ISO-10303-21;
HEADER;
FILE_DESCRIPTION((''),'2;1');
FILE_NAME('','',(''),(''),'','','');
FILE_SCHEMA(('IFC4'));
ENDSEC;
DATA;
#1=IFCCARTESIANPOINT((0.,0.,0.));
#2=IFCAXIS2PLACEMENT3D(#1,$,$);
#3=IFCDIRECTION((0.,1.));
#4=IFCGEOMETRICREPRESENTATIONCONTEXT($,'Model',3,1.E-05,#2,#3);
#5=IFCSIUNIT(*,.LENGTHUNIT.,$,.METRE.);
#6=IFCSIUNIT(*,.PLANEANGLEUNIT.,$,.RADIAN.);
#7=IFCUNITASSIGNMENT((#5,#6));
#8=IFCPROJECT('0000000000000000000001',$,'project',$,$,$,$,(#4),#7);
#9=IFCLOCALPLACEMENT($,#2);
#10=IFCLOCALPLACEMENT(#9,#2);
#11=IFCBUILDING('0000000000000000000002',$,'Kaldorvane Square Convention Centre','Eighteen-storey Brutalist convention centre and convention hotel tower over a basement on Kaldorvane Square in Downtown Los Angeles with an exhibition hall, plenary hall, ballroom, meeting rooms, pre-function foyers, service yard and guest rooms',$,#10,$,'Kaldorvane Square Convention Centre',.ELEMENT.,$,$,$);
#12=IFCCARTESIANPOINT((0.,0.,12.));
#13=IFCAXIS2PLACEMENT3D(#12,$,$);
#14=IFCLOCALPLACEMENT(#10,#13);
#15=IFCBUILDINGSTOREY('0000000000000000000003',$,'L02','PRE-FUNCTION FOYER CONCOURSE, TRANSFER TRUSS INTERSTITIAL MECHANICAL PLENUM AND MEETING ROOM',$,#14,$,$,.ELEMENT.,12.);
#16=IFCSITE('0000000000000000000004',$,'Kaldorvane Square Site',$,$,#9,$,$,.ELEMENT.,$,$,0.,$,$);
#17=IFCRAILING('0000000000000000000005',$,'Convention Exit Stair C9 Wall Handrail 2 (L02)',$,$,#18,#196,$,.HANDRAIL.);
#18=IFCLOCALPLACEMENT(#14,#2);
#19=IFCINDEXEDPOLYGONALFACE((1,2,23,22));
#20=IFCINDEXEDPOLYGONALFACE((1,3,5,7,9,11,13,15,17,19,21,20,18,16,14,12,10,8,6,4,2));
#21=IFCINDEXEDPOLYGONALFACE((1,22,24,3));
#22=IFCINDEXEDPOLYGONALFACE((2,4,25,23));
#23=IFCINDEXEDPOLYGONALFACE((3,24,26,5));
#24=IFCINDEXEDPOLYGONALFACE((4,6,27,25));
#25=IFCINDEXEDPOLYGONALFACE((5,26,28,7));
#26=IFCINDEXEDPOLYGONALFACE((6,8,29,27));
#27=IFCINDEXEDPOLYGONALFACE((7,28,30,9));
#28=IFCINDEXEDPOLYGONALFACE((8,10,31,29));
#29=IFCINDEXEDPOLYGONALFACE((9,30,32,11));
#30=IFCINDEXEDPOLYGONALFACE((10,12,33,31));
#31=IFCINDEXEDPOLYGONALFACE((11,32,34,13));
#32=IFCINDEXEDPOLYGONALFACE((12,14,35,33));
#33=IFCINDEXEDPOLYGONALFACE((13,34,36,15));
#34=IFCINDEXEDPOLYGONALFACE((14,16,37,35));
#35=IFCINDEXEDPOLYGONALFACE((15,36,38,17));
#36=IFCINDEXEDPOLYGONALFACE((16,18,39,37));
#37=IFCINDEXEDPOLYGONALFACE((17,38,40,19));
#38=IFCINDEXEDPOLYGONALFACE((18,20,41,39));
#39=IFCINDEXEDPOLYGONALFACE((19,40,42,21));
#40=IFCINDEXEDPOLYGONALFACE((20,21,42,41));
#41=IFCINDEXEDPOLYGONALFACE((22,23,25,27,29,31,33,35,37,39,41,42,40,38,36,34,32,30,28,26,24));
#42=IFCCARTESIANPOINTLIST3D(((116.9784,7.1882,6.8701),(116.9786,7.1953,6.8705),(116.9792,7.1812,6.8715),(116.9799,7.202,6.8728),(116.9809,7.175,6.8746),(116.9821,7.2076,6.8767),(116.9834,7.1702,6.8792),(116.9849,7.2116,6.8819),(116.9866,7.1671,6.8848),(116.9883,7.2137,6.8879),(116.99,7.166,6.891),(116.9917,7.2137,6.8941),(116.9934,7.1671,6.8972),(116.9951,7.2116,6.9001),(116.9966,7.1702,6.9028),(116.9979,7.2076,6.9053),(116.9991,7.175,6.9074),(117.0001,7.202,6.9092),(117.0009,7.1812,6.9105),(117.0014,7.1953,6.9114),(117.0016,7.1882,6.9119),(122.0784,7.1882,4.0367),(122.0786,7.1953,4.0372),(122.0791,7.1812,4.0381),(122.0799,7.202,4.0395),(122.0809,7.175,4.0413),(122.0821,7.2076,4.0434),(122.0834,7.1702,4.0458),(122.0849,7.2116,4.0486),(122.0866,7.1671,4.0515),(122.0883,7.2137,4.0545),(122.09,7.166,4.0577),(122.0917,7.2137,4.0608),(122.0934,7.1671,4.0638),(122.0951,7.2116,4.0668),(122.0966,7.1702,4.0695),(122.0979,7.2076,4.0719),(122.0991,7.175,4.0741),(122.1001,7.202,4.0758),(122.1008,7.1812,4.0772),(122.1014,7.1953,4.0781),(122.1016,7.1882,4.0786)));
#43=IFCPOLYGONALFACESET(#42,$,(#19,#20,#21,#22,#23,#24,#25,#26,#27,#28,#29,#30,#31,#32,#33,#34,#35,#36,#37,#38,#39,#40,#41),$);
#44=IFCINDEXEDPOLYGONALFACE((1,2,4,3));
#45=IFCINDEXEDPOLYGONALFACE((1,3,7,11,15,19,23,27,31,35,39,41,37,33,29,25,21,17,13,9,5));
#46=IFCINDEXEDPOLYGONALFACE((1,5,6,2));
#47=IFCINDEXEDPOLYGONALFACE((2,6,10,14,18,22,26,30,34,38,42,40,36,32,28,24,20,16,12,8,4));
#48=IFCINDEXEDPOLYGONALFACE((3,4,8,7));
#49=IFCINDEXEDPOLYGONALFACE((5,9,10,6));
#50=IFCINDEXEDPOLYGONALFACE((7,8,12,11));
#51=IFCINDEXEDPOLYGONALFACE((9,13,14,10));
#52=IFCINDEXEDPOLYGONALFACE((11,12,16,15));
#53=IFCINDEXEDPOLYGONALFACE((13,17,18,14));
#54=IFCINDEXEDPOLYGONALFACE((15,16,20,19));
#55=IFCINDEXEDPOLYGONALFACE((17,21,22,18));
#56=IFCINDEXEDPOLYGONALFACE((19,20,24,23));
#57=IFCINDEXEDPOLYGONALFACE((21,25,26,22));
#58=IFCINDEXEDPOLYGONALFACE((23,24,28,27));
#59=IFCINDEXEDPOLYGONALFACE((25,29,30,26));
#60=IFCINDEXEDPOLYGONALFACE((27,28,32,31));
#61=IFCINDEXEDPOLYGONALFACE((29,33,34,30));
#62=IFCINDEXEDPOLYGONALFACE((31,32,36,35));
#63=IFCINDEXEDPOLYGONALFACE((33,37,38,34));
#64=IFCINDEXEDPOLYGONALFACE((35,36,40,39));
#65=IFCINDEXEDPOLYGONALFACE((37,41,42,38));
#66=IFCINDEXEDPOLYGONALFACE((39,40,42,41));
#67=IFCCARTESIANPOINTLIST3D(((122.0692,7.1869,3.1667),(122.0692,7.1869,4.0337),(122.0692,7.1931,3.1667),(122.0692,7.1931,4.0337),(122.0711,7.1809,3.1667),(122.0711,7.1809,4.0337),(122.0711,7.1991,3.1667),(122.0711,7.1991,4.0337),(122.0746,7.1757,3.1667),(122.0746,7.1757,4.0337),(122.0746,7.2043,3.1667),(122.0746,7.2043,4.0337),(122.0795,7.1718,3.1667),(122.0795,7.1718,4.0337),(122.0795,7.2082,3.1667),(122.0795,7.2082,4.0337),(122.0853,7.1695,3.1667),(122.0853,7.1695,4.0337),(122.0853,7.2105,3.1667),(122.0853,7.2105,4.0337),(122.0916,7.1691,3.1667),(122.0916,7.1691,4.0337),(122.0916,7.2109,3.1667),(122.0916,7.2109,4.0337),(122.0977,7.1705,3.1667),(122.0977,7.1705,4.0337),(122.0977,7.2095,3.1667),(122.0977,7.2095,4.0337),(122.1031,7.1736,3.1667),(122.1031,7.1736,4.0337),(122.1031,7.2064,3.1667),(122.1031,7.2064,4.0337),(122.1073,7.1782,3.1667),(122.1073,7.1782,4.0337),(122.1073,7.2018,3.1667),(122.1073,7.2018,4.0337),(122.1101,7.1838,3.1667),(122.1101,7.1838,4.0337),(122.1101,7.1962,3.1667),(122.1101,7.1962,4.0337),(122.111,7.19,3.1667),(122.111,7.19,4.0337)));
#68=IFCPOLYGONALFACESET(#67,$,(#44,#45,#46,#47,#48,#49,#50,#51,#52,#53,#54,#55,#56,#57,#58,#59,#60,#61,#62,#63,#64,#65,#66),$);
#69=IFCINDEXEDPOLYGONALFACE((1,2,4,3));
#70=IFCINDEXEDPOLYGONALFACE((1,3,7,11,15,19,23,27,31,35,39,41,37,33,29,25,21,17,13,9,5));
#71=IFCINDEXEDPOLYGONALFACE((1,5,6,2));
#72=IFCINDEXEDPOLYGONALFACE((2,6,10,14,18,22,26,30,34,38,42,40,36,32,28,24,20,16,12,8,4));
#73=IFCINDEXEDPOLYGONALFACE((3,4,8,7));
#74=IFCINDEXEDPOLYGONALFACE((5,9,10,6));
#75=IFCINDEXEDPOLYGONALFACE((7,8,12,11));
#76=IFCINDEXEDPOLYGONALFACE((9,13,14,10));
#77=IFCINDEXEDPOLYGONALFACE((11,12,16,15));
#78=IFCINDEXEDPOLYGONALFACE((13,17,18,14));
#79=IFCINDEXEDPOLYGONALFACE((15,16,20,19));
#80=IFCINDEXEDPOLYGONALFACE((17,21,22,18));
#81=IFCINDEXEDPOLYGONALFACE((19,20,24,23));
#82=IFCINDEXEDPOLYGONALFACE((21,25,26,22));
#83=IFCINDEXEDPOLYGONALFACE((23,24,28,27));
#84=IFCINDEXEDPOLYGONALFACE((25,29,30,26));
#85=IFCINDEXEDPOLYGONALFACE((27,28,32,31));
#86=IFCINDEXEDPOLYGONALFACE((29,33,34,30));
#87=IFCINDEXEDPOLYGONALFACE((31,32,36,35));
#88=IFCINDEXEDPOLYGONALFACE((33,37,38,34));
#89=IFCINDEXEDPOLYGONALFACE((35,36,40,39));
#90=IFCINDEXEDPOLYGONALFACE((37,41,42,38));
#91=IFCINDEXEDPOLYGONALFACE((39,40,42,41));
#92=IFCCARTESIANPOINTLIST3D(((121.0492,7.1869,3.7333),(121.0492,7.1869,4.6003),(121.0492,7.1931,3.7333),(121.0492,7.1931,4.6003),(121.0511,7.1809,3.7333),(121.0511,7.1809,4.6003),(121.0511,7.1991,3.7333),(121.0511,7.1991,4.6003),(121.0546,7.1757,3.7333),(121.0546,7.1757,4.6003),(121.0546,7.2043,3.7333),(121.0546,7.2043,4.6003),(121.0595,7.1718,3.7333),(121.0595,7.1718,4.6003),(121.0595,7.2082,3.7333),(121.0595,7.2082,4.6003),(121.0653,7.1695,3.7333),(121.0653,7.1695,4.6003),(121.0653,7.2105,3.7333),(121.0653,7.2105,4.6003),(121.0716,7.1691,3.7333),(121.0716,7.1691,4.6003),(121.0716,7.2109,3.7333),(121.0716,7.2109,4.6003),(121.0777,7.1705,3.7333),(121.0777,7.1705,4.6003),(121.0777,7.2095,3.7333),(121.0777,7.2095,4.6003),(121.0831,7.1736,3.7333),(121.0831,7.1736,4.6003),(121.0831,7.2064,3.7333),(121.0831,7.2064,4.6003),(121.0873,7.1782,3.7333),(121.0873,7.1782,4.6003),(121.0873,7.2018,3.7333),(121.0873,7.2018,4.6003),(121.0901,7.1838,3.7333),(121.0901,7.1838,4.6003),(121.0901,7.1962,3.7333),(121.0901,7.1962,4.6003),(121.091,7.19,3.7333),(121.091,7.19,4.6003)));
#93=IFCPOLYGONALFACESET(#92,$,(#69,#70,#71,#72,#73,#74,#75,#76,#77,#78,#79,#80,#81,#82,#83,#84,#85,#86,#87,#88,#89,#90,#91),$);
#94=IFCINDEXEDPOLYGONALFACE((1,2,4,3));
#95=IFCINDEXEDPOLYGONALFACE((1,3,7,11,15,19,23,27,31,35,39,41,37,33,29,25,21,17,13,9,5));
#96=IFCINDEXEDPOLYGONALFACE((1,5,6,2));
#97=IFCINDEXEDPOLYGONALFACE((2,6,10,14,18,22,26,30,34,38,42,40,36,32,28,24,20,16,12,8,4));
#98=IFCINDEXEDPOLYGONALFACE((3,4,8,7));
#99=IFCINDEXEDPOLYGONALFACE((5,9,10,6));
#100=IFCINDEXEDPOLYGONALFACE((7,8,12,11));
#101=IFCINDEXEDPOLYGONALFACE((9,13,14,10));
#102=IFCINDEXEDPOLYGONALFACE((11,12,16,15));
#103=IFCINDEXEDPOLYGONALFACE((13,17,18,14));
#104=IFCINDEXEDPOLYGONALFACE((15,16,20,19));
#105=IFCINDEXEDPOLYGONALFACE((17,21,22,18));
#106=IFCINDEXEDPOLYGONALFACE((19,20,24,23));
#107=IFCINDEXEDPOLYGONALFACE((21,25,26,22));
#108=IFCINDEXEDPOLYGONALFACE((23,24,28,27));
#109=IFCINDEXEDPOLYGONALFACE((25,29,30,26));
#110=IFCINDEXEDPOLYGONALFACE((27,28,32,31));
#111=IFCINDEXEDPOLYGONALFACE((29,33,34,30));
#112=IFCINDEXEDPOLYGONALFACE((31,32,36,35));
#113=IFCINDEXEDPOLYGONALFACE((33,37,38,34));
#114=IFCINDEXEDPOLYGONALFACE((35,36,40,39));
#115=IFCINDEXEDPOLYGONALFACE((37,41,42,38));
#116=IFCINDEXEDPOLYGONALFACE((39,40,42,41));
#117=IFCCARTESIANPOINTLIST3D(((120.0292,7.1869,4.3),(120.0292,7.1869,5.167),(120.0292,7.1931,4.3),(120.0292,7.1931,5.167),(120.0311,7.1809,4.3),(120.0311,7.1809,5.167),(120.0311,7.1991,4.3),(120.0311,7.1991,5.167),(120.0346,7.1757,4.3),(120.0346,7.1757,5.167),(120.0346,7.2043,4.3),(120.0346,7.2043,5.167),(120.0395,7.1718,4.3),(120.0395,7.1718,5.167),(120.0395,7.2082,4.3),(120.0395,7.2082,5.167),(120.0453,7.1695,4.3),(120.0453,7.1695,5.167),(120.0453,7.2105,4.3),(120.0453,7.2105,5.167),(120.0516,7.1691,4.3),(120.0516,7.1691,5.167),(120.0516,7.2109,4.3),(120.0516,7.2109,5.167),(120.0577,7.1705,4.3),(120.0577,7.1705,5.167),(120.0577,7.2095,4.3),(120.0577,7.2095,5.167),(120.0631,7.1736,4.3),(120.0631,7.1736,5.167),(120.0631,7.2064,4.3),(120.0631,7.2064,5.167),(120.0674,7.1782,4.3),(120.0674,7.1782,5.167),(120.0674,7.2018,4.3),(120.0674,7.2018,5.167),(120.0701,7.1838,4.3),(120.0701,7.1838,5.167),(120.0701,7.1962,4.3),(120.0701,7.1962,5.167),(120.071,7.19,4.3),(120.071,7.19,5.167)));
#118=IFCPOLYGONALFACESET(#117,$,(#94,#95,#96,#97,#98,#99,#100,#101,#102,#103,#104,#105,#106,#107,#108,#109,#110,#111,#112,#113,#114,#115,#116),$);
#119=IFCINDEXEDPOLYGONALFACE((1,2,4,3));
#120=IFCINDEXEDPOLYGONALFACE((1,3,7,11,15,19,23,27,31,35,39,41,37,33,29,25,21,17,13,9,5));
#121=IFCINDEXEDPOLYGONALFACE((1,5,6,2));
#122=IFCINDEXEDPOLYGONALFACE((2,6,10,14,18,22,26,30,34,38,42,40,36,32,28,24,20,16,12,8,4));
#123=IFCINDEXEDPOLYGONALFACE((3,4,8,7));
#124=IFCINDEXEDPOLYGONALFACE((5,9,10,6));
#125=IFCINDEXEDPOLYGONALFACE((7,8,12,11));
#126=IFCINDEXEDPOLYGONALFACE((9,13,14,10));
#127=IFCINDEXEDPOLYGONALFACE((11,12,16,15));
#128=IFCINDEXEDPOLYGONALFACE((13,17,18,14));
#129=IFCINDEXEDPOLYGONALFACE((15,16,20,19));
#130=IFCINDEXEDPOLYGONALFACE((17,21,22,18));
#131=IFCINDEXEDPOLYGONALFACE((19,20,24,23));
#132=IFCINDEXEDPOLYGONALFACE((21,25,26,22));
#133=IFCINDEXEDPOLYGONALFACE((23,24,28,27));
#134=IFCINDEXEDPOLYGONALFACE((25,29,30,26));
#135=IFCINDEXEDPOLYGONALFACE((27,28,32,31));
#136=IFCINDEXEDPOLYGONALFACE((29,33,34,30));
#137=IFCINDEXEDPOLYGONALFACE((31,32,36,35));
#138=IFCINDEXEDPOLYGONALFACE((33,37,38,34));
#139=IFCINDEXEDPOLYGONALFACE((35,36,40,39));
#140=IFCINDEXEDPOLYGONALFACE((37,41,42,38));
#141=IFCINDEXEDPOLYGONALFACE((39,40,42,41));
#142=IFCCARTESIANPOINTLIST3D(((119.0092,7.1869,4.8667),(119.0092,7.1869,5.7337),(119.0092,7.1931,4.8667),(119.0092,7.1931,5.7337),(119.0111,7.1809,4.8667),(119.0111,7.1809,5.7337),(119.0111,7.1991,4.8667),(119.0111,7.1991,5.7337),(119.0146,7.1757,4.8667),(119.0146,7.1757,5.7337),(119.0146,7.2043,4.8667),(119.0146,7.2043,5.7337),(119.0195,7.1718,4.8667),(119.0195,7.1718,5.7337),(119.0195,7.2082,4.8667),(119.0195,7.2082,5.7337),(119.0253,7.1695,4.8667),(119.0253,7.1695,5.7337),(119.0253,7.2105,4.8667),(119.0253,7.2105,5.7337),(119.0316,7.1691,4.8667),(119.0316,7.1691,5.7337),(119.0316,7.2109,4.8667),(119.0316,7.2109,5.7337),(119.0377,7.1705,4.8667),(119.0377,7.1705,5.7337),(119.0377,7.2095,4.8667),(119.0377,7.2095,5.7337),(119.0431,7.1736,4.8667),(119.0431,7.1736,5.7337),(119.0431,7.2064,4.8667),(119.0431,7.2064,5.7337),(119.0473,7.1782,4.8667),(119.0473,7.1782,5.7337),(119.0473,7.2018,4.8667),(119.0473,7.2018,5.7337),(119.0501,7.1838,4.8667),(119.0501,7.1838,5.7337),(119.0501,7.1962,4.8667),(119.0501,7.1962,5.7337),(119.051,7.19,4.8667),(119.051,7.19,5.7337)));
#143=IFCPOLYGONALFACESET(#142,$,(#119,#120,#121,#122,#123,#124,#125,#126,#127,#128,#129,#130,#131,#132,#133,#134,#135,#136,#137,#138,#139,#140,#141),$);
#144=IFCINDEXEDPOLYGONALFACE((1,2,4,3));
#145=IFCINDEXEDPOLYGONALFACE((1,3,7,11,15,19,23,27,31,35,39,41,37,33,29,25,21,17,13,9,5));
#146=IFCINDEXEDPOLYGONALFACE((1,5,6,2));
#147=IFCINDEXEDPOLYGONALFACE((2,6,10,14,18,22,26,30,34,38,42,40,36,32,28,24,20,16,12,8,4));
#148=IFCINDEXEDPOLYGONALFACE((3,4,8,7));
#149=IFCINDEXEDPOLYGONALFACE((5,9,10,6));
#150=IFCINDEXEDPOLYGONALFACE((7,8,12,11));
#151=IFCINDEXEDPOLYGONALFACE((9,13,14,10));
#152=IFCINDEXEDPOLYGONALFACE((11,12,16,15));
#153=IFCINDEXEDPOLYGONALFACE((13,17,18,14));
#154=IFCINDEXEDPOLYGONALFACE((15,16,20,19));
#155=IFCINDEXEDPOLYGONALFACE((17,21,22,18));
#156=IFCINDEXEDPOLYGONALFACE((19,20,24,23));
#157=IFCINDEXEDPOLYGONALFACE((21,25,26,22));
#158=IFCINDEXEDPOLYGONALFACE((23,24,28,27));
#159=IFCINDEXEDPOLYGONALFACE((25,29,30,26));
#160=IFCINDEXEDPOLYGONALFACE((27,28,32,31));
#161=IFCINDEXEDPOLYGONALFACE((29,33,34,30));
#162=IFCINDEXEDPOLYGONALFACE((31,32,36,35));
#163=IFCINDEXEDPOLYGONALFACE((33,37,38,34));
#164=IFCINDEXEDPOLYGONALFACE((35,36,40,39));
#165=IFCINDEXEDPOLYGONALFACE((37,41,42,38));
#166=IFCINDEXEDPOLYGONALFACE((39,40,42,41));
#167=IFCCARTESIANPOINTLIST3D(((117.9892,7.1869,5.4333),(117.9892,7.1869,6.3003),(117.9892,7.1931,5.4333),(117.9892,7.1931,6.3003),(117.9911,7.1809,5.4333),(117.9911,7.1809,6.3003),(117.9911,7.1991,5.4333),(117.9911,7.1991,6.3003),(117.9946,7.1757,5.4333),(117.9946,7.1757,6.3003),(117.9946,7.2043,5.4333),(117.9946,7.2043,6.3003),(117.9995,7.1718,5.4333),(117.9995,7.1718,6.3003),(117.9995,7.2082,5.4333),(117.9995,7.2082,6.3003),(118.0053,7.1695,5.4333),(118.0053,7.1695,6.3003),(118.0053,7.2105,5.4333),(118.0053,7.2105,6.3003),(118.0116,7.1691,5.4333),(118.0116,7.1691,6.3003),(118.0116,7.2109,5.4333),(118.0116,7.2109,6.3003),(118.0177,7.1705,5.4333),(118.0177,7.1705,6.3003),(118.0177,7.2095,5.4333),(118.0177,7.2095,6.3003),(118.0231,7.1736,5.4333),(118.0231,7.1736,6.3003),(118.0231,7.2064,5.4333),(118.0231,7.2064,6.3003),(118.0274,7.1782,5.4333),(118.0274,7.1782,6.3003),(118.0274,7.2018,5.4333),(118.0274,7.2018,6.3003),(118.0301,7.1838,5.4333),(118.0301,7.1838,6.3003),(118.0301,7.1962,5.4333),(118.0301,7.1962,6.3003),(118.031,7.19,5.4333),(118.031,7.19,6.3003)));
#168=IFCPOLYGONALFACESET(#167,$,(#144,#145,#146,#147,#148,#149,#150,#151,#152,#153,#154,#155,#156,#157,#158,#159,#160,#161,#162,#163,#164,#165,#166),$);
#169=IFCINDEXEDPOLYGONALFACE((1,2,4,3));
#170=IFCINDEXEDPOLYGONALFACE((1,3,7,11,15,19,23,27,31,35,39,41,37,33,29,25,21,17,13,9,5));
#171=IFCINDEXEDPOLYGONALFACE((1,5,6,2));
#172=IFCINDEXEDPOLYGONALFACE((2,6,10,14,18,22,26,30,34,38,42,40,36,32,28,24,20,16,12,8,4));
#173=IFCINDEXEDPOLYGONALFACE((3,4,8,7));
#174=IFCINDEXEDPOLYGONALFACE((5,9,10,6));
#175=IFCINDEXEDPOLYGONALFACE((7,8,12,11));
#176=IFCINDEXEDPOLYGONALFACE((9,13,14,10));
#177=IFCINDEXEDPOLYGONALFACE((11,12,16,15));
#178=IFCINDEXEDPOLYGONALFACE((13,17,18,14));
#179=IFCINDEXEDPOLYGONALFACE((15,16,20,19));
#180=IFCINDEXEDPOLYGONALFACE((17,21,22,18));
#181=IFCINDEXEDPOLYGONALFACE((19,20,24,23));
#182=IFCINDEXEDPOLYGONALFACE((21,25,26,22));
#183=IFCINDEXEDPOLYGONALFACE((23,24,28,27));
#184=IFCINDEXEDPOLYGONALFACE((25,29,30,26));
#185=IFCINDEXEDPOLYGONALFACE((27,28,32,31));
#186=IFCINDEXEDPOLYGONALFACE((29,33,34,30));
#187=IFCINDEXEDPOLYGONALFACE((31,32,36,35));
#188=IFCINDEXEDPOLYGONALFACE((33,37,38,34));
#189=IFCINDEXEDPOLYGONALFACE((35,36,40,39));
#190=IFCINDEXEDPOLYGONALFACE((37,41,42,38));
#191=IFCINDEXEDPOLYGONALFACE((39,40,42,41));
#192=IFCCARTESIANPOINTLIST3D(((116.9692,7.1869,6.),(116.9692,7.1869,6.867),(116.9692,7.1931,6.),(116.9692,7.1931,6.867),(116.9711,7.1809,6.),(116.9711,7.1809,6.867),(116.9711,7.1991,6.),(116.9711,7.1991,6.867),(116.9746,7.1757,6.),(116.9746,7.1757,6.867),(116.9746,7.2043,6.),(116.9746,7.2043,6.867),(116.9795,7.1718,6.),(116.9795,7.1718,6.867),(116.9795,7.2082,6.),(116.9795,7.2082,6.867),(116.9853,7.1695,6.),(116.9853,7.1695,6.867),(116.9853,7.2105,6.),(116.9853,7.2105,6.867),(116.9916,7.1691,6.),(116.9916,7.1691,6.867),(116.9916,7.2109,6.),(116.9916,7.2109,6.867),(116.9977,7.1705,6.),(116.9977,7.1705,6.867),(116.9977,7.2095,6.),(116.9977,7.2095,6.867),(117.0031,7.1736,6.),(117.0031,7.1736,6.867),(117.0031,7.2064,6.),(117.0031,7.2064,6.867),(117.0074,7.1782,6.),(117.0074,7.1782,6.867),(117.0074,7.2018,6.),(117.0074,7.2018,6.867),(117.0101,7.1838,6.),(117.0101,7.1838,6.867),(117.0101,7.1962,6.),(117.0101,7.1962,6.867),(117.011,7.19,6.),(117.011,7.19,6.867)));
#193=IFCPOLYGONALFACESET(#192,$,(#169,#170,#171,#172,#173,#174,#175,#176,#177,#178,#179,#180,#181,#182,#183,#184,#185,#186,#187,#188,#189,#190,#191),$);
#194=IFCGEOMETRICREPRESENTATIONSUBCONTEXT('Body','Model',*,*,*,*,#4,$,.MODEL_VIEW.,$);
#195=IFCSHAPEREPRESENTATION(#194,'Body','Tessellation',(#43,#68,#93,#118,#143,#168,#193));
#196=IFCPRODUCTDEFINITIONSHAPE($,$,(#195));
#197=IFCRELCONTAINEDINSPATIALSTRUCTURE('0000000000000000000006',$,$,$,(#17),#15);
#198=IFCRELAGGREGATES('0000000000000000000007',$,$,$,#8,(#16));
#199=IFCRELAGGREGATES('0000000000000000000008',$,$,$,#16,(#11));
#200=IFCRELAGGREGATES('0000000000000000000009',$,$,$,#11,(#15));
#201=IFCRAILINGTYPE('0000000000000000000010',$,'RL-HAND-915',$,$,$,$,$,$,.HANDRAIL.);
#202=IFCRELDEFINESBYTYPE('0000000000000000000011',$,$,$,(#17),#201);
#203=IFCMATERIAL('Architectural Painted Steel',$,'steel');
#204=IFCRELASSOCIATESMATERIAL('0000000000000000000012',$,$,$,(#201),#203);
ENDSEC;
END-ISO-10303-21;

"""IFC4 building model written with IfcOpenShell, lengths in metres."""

from ifc_helpers import new_model, si_unit, direction, frame, origin, origin_2d, place, context, subcontext, project, spatial, circle, extrude, material, type_object, element, save


model = new_model("IFC4")

# Units and contexts
model_context = context("Model", 3, precision=1e-05, world=origin(), true_north=direction((0.0, 1.0)))
body_context = subcontext(model_context, "Body", "Model", "MODEL_VIEW")
ifc_project = project(units=[si_unit("LENGTHUNIT", "METRE"), si_unit("PLANEANGLEUNIT", "RADIAN")], contexts=[model_context])

# Site, building, storey
site_placement = place(None, origin())
site = spatial("IfcSite", under=ifc_project, at=site_placement, Name="Kaldorvane Square Site", CompositionType="ELEMENT", RefElevation=0.0)
building_placement = place(site_placement, origin())
building = spatial("IfcBuilding", under=site, at=building_placement, Name="Kaldorvane Square Convention Centre", Description="Eighteen-storey Brutalist convention centre and convention hotel tower over a basement on Kaldorvane Square in Downtown Los Angeles with an exhibition hall, plenary hall, ballroom, meeting rooms, pre-function foyers, service yard and guest rooms", LongName="Kaldorvane Square Convention Centre", CompositionType="ELEMENT")
storey_placement = place(building_placement, frame((0.0, 0.0, 12.0)))
storey = spatial("IfcBuildingStorey", under=building, at=storey_placement, Name="L02", Description="PRE-FUNCTION FOYER CONCOURSE, TRANSFER TRUSS INTERSTITIAL MECHANICAL PLENUM AND MEETING ROOM", CompositionType="ELEMENT", Elevation=12.0)

# Railing
ifc_material_1 = material(Name="Architectural Painted Steel", Category="steel")
railing_type_1 = type_object("IfcRailingType", Name="RL-HAND-915", PredefinedType="HANDRAIL", material=ifc_material_1)
railing_1_placement = place(storey_placement, frame((122.09, 7.19, 3.1667)))
element("IfcRailing", 1, at=railing_1_placement, inside=storey, type_object=railing_type_1, Name="Convention Exit Stair C9 Wall Handrail 2 (L02)", PredefinedType="HANDRAIL", context=body_context, shape_type="SweptSolid", body=[
    extrude(circle(Radius=0.024, at=origin_2d()), frame((0.0, 0.0, 0.891), z_axis=(-0.874157, 0.0, 0.485643), x_axis=(0.0, -1.0, 0.0)), (0.0, 0.0, 1.0), 5.8342),
    extrude(circle(Radius=0.021, at=origin_2d()), origin(), (0.0, 0.0, 1.0), 0.867),
    extrude(circle(Radius=0.021, at=origin_2d()), frame((-1.02, 0.0, 0.5667)), (0.0, 0.0, 1.0), 0.867),
    extrude(circle(Radius=0.021, at=origin_2d()), frame((-2.04, 0.0, 1.1333)), (0.0, 0.0, 1.0), 0.867),
    extrude(circle(Radius=0.021, at=origin_2d()), frame((-3.06, 0.0, 1.7)), (0.0, 0.0, 1.0), 0.867),
    extrude(circle(Radius=0.021, at=origin_2d()), frame((-4.08, 0.0, 2.2667)), (0.0, 0.0, 1.0), 0.867),
    extrude(circle(Radius=0.021, at=origin_2d()), frame((-5.1, 0.0, 2.8333)), (0.0, 0.0, 1.0), 0.867),
])

save(model, "model.ifc")
